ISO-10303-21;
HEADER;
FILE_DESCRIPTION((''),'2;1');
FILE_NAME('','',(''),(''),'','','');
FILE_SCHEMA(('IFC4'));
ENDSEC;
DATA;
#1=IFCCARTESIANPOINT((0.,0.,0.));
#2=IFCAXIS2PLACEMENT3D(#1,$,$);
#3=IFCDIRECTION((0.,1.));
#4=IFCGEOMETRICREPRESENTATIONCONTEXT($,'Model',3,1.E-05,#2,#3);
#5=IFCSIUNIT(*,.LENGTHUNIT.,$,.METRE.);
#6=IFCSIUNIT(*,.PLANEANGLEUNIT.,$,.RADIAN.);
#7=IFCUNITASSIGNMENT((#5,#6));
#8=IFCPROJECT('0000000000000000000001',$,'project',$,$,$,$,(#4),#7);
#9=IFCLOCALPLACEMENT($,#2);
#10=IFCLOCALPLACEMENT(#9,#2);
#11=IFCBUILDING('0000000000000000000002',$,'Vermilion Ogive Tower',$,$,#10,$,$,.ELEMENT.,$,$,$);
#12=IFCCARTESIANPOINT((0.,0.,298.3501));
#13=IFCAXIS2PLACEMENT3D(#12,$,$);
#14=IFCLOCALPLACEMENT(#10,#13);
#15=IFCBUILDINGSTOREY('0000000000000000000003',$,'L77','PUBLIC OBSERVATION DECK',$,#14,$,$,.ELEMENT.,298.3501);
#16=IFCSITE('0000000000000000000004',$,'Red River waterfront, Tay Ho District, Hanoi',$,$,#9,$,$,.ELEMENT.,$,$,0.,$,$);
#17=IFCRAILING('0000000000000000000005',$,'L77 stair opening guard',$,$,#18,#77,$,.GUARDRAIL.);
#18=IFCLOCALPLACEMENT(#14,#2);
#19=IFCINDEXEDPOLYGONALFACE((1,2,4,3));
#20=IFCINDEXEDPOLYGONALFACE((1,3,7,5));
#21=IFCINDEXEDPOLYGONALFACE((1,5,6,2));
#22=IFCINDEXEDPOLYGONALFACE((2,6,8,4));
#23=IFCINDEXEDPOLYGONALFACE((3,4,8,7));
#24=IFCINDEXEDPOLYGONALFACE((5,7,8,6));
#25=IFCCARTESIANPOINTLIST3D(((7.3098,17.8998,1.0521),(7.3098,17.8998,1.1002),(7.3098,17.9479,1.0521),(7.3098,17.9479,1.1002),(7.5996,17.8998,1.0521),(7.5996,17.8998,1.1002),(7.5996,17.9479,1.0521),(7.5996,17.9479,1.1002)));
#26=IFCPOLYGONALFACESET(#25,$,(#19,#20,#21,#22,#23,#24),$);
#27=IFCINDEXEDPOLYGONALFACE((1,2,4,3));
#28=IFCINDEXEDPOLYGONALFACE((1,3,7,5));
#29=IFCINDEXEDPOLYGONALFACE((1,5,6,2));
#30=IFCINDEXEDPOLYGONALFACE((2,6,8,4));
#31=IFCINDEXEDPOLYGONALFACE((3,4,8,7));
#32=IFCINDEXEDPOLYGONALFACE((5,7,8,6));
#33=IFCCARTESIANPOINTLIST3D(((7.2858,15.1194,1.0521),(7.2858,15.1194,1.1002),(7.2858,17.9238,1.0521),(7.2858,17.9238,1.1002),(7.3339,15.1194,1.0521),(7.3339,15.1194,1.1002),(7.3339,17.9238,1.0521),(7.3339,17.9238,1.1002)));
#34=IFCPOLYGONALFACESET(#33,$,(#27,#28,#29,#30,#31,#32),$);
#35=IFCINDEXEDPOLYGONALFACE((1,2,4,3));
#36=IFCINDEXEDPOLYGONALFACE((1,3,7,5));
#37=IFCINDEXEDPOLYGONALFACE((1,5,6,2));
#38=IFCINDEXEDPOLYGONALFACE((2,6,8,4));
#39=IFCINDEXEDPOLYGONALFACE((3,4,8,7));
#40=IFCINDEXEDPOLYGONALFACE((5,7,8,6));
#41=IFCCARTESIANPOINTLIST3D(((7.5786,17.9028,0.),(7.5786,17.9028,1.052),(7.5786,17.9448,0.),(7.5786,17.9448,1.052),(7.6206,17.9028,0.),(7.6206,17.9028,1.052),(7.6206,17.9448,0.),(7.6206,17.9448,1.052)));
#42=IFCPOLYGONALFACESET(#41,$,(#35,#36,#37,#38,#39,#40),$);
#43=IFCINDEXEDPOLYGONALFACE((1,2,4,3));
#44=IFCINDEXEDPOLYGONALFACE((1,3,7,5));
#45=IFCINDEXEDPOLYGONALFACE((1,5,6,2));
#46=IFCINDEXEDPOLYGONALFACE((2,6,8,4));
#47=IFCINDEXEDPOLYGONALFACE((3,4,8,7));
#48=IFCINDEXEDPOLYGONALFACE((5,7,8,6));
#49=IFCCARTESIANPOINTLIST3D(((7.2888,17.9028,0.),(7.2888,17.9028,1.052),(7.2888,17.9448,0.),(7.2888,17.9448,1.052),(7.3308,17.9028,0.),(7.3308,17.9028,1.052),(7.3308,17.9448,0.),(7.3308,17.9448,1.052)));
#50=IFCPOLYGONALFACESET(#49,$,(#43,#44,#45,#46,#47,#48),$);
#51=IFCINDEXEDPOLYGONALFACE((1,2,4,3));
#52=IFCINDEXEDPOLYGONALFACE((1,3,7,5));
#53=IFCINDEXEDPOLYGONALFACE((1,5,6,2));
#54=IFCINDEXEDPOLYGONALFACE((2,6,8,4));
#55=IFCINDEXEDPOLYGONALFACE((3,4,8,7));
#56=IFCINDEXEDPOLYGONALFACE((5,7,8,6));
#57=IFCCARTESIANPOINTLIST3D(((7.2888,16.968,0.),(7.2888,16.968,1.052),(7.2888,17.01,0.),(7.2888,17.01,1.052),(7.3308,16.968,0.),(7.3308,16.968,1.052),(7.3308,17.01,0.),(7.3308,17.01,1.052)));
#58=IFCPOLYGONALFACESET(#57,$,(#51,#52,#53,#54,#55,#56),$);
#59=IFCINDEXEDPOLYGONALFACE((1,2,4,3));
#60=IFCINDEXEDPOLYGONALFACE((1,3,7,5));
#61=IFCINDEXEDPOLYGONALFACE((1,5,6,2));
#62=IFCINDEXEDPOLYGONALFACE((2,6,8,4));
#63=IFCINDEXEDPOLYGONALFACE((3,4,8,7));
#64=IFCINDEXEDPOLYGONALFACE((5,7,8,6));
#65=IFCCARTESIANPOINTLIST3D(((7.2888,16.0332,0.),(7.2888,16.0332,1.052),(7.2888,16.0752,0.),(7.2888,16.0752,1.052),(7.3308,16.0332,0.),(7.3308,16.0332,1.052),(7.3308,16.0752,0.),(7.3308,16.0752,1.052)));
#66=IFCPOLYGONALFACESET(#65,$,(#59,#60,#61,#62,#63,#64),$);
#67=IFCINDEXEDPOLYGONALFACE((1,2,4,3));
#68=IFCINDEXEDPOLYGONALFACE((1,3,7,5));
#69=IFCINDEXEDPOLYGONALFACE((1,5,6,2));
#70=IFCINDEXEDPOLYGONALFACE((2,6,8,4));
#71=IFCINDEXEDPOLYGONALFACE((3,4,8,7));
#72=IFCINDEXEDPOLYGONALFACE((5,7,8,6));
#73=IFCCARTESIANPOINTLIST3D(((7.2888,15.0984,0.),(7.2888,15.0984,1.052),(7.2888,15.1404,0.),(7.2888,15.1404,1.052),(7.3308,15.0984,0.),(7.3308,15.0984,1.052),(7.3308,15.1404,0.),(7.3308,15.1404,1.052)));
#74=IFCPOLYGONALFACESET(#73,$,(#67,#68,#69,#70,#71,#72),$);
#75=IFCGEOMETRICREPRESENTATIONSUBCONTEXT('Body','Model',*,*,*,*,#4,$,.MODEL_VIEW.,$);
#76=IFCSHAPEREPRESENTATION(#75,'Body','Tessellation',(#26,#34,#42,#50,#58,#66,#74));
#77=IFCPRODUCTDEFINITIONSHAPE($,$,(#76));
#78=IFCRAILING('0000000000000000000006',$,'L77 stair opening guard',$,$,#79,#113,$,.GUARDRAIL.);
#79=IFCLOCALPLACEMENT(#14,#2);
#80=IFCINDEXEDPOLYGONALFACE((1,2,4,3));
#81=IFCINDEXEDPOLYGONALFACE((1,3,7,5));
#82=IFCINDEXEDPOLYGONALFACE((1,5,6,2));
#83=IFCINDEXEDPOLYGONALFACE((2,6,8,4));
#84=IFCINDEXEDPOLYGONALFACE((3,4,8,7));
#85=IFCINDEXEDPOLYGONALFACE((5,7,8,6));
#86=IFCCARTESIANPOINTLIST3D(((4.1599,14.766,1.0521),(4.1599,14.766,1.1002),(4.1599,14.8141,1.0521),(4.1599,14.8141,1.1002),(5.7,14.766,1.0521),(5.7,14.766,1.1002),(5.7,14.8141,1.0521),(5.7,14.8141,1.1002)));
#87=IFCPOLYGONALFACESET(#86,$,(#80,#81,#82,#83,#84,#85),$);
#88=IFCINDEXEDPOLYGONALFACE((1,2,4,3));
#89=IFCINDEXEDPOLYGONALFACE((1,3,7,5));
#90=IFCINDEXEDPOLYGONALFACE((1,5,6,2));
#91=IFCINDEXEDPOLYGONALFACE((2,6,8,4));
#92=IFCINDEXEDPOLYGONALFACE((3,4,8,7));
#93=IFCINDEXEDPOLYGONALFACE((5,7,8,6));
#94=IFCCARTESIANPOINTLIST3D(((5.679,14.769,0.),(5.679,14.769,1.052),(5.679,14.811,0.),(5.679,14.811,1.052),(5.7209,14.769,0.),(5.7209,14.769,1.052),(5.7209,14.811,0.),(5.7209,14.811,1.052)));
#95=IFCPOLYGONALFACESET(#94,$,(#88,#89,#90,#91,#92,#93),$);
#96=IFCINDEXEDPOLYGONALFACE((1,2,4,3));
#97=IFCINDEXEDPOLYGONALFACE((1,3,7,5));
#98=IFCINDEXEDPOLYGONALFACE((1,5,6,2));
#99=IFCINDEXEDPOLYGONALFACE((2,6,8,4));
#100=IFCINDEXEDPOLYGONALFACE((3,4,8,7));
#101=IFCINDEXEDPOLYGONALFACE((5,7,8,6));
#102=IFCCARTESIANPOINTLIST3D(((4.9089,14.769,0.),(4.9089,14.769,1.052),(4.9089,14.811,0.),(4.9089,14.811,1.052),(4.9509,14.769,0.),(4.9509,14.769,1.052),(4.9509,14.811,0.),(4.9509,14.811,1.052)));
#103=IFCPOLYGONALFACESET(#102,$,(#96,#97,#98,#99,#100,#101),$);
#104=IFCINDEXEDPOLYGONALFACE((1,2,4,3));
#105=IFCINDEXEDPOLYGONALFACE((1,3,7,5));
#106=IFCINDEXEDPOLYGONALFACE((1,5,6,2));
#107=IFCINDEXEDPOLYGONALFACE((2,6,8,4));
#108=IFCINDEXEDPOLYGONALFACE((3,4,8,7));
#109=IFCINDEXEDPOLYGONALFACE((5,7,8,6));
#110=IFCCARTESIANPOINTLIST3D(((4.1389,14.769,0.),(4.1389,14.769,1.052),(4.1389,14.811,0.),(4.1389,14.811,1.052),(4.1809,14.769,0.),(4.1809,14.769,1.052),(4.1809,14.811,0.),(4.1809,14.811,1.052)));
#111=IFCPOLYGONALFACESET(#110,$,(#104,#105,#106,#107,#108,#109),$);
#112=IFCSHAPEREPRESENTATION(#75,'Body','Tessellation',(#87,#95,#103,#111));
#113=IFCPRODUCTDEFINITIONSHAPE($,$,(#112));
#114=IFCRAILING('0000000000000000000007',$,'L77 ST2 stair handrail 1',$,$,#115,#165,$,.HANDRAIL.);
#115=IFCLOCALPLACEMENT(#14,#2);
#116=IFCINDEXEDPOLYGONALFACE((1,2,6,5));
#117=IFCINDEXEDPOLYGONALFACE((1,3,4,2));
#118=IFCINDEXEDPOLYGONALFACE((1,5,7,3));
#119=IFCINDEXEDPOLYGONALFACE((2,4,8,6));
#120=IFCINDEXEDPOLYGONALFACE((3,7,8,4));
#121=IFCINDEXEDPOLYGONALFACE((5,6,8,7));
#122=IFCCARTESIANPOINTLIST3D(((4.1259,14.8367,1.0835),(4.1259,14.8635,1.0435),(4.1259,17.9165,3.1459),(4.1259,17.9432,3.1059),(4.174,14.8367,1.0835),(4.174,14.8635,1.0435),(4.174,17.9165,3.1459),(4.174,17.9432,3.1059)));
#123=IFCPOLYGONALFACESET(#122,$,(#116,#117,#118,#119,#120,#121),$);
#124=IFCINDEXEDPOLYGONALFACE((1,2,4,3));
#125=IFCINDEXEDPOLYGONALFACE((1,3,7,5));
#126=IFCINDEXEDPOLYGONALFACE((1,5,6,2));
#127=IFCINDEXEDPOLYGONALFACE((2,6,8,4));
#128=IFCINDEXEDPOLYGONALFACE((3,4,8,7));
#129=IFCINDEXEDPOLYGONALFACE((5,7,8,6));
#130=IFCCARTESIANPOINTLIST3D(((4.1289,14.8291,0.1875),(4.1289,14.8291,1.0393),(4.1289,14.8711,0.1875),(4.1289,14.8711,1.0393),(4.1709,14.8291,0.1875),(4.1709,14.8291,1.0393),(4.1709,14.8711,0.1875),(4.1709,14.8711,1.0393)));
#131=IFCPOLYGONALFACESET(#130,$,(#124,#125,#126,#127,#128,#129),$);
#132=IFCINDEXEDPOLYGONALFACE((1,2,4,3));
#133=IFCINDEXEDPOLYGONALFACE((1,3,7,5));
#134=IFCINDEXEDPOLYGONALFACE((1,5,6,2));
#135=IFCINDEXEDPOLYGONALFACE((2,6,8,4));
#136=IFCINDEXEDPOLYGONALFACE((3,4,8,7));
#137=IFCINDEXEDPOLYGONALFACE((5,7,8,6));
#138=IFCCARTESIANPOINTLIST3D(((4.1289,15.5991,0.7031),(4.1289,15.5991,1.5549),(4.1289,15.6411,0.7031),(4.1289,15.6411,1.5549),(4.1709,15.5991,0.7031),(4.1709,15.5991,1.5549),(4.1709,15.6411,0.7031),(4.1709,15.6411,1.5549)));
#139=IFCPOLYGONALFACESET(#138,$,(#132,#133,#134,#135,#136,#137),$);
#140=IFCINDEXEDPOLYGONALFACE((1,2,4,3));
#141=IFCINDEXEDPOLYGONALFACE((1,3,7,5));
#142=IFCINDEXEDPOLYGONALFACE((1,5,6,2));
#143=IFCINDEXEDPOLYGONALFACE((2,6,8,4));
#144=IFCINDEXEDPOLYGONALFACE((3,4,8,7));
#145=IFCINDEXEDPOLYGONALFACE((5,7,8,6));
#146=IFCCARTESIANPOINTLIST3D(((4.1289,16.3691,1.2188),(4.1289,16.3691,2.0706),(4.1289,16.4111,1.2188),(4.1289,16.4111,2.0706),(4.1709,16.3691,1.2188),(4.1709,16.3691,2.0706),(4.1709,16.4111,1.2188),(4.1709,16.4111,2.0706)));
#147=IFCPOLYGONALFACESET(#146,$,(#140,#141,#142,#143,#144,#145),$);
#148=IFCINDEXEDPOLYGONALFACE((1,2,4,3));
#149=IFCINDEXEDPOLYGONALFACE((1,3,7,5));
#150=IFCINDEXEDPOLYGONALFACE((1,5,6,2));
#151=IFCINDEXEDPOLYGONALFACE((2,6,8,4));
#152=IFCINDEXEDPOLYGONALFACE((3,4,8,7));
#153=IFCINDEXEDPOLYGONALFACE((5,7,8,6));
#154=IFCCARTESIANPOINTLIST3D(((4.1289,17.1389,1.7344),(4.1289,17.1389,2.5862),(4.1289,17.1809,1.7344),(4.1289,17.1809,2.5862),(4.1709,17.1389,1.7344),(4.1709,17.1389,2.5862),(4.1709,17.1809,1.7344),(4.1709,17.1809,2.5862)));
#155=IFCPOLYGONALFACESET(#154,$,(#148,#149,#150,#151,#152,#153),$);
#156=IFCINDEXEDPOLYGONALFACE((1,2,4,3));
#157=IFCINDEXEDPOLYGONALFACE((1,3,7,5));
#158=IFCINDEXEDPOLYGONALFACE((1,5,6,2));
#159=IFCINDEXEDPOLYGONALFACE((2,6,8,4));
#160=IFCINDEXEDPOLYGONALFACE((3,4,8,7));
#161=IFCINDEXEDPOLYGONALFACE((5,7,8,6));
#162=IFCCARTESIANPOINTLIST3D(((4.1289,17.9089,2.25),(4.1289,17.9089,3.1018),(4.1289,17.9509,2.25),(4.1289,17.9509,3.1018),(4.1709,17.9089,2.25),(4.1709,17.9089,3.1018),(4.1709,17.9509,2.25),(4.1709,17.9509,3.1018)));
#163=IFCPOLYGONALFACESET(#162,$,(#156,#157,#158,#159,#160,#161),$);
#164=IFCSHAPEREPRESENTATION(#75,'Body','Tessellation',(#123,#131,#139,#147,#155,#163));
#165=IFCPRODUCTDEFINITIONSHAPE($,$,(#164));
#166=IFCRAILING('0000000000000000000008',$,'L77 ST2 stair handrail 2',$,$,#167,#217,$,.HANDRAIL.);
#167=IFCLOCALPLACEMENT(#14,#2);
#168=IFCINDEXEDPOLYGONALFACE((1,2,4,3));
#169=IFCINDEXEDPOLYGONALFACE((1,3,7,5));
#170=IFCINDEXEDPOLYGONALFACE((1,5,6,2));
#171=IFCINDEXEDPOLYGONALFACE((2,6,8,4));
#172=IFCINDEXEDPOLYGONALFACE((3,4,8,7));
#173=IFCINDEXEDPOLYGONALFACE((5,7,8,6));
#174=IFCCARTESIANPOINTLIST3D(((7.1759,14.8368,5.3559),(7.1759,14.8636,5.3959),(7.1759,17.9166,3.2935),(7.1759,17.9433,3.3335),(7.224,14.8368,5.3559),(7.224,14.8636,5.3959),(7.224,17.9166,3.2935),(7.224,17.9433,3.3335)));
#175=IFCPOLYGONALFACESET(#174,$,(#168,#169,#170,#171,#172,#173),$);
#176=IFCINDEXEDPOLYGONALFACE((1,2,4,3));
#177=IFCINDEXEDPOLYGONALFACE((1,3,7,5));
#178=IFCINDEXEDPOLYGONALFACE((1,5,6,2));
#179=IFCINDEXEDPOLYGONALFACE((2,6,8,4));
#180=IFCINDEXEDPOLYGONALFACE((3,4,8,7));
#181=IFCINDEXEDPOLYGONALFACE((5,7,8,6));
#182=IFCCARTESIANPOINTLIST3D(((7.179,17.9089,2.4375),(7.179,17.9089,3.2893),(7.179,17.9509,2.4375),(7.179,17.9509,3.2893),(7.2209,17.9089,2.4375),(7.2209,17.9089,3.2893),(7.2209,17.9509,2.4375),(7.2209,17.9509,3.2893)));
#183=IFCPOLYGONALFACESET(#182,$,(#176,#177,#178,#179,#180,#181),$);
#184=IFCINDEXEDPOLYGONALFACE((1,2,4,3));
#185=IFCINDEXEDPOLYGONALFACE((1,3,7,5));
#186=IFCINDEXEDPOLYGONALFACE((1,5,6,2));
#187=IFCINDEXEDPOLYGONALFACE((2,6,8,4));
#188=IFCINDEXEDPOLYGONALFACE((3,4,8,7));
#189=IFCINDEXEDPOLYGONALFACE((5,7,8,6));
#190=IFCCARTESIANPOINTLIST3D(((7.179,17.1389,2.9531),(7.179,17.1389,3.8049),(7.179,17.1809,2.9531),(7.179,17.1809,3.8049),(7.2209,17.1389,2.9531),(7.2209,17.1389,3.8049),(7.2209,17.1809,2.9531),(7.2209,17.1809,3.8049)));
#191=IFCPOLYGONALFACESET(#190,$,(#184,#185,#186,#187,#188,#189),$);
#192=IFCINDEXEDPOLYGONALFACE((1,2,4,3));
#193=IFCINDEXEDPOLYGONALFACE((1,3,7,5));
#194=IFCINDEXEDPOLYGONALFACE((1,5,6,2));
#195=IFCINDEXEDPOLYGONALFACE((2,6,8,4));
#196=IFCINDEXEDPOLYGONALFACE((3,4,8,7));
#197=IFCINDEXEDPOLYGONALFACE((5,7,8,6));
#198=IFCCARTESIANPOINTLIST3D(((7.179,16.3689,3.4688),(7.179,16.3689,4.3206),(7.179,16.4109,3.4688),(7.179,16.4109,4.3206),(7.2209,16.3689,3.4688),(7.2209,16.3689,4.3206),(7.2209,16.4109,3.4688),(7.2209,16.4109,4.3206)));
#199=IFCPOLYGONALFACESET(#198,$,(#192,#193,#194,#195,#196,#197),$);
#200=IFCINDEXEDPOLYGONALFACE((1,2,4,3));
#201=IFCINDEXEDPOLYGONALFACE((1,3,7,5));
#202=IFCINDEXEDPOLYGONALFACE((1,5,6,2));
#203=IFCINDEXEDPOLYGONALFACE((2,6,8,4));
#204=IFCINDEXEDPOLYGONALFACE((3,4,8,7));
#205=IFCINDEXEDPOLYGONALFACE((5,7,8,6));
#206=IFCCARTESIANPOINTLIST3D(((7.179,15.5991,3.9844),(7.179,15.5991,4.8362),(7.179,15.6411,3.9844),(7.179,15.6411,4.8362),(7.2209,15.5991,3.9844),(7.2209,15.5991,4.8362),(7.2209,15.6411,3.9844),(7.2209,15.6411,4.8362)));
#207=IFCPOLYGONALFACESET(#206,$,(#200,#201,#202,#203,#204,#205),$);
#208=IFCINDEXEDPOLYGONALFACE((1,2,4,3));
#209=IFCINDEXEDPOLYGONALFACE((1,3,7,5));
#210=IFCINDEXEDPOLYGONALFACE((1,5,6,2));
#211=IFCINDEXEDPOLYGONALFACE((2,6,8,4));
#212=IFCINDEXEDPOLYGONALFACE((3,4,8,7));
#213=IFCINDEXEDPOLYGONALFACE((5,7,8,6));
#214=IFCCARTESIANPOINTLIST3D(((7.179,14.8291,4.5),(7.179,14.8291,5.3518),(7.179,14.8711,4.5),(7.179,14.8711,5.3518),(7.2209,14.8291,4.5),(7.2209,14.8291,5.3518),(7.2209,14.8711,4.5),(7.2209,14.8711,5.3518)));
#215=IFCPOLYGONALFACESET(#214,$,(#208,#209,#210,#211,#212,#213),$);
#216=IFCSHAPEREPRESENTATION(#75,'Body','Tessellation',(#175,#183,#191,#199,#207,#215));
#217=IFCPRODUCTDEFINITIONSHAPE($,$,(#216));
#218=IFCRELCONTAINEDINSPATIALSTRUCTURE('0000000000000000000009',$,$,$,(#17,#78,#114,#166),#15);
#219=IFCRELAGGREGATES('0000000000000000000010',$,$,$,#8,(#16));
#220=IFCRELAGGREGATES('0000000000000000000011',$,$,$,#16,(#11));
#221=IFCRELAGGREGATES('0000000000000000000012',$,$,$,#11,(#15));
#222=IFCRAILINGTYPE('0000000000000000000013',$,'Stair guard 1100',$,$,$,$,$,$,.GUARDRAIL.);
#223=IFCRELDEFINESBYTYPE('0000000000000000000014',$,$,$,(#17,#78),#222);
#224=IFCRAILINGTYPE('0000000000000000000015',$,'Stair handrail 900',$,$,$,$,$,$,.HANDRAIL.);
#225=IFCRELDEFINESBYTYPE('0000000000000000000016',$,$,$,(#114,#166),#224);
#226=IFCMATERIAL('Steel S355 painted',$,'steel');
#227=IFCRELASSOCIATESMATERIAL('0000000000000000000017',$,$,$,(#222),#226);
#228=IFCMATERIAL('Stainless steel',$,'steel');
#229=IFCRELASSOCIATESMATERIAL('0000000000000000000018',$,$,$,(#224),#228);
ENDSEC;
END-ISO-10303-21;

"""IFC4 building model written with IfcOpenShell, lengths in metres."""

from ifc_helpers import new_model, si_unit, direction, frame, origin, origin_2d, place, context, subcontext, project, spatial, rectangle, extrude, material, type_object, element, save


model = new_model("IFC4")

# Units and contexts
model_context = context("Model", 3, precision=1e-05, world=origin(), true_north=direction((0.0, 1.0)))
body_context = subcontext(model_context, "Body", "Model", "MODEL_VIEW")
ifc_project = project(units=[si_unit("LENGTHUNIT", "METRE"), si_unit("PLANEANGLEUNIT", "RADIAN")], contexts=[model_context])

# Site, building, storey
site_placement = place(None, origin())
site = spatial("IfcSite", under=ifc_project, at=site_placement, Name="Red River waterfront, Tay Ho District, Hanoi", CompositionType="ELEMENT", RefElevation=0.0)
building_placement = place(site_placement, origin())
building = spatial("IfcBuilding", under=site, at=building_placement, Name="Vermilion Ogive Tower", CompositionType="ELEMENT")
storey_placement = place(building_placement, frame((0.0, 0.0, 298.3501)))
storey = spatial("IfcBuildingStorey", under=building, at=storey_placement, Name="L77", Description="PUBLIC OBSERVATION DECK", CompositionType="ELEMENT", Elevation=298.3501)

# Railings
ifc_material_1 = material(Name="Steel S355 painted", Category="steel")
railing_type_1 = type_object("IfcRailingType", Name="Stair guard 1100", PredefinedType="GUARDRAIL", material=ifc_material_1)
railing_1_placement = place(storey_placement, frame((7.5996, 17.9238, 0.0)))
element("IfcRailing", 1, at=railing_1_placement, inside=storey, type_object=railing_type_1, Name="L77 stair opening guard", PredefinedType="GUARDRAIL", context=body_context, shape_type="SweptSolid", body=[
    extrude(rectangle(XDim=0.0481, YDim=0.0481, at=origin_2d()), frame((0.0, 0.0, 1.0762), z_axis=(-1.0, 0.0, 0.0), x_axis=(0.0, -1.0, 0.0)), (0.0, 0.0, 1.0), 0.2898),
    extrude(rectangle(XDim=0.0481, YDim=0.0481, at=origin_2d()), frame((-0.2898, 0.0, 1.0762), z_axis=(0.0, -1.0, 0.0), x_axis=(1.0, 0.0, 0.0)), (0.0, 0.0, 1.0), 2.8044),
    extrude(rectangle(XDim=0.042, YDim=0.042, at=origin_2d()), origin(), (0.0, 0.0, 1.0), 1.052),
    extrude(rectangle(XDim=0.042, YDim=0.042, at=origin_2d()), frame((-0.2898, 0.0, 0.0)), (0.0, 0.0, 1.0), 1.052),
    extrude(rectangle(XDim=0.042, YDim=0.042, at=origin_2d()), frame((-0.2898, -0.9348, 0.0)), (0.0, 0.0, 1.0), 1.052),
    extrude(rectangle(XDim=0.042, YDim=0.042, at=origin_2d()), frame((-0.2898, -1.8696, 0.0)), (0.0, 0.0, 1.0), 1.052),
    extrude(rectangle(XDim=0.042, YDim=0.042, at=origin_2d()), frame((-0.2898, -2.8044, 0.0)), (0.0, 0.0, 1.0), 1.052),
])
railing_2_placement = place(storey_placement, frame((5.7, 14.79, 0.0)))
element("IfcRailing", 2, at=railing_2_placement, inside=storey, type_object=railing_type_1, Name="L77 stair opening guard", PredefinedType="GUARDRAIL", context=body_context, shape_type="SweptSolid", body=[
    extrude(rectangle(XDim=0.0481, YDim=0.0481, at=origin_2d()), frame((0.0, 0.0, 1.0762), z_axis=(-1.0, 0.0, 0.0), x_axis=(0.0, -1.0, 0.0)), (0.0, 0.0, 1.0), 1.54),
    extrude(rectangle(XDim=0.042, YDim=0.042, at=origin_2d()), origin(), (0.0, 0.0, 1.0), 1.052),
    extrude(rectangle(XDim=0.042, YDim=0.042, at=origin_2d()), frame((-0.77, 0.0, 0.0)), (0.0, 0.0, 1.0), 1.052),
    extrude(rectangle(XDim=0.042, YDim=0.042, at=origin_2d()), frame((-1.54, 0.0, 0.0)), (0.0, 0.0, 1.0), 1.052),
])
ifc_material_2 = material(Name="Stainless steel", Category="steel")
railing_type_2 = type_object("IfcRailingType", Name="Stair handrail 900", PredefinedType="HANDRAIL", material=ifc_material_2)
railing_3_placement = place(storey_placement, frame((4.1499, 14.8501, 0.1875)))
element("IfcRailing", 3, at=railing_3_placement, inside=storey, type_object=railing_type_2, Name="L77 ST2 stair handrail 1", PredefinedType="HANDRAIL", context=body_context, shape_type="SweptSolid", body=[
    extrude(rectangle(XDim=0.0481, YDim=0.0481, at=origin_2d()), frame((0.0, 0.0, 0.876), z_axis=(0.0, 0.830893, 0.556432), x_axis=(-1.0, 0.0, 0.0)), (0.0, 0.0, 1.0), 3.7065),
    extrude(rectangle(XDim=0.042, YDim=0.042, at=origin_2d()), origin(), (0.0, 0.0, 1.0), 0.8518),
    extrude(rectangle(XDim=0.042, YDim=0.042, at=origin_2d()), frame((0.0, 0.77, 0.5156)), (0.0, 0.0, 1.0), 0.8518),
    extrude(rectangle(XDim=0.042, YDim=0.042, at=origin_2d()), frame((0.0, 1.54, 1.0312)), (0.0, 0.0, 1.0), 0.8518),
    extrude(rectangle(XDim=0.042, YDim=0.042, at=origin_2d()), frame((0.0, 2.3098, 1.5469)), (0.0, 0.0, 1.0), 0.8518),
    extrude(rectangle(XDim=0.042, YDim=0.042, at=origin_2d()), frame((0.0, 3.0798, 2.0625)), (0.0, 0.0, 1.0), 0.8518),
])
railing_4_placement = place(storey_placement, frame((7.2, 17.9299, 2.4375)))
element("IfcRailing", 4, at=railing_4_placement, inside=storey, type_object=railing_type_2, Name="L77 ST2 stair handrail 2", PredefinedType="HANDRAIL", context=body_context, shape_type="SweptSolid", body=[
    extrude(rectangle(XDim=0.0481, YDim=0.0481, at=origin_2d()), frame((0.0, 0.0, 0.876), z_axis=(0.0, -0.830893, 0.556432), x_axis=(1.0, 0.0, 0.0)), (0.0, 0.0, 1.0), 3.7065),
    extrude(rectangle(XDim=0.042, YDim=0.042, at=origin_2d()), origin(), (0.0, 0.0, 1.0), 0.8518),
    extrude(rectangle(XDim=0.042, YDim=0.042, at=origin_2d()), frame((0.0, -0.77, 0.5156)), (0.0, 0.0, 1.0), 0.8518),
    extrude(rectangle(XDim=0.042, YDim=0.042, at=origin_2d()), frame((0.0, -1.54, 1.0312)), (0.0, 0.0, 1.0), 0.8518),
    extrude(rectangle(XDim=0.042, YDim=0.042, at=origin_2d()), frame((0.0, -2.3098, 1.5469)), (0.0, 0.0, 1.0), 0.8518),
    extrude(rectangle(XDim=0.042, YDim=0.042, at=origin_2d()), frame((0.0, -3.0798, 2.0625)), (0.0, 0.0, 1.0), 0.8518),
])

save(model, "model.ifc")
